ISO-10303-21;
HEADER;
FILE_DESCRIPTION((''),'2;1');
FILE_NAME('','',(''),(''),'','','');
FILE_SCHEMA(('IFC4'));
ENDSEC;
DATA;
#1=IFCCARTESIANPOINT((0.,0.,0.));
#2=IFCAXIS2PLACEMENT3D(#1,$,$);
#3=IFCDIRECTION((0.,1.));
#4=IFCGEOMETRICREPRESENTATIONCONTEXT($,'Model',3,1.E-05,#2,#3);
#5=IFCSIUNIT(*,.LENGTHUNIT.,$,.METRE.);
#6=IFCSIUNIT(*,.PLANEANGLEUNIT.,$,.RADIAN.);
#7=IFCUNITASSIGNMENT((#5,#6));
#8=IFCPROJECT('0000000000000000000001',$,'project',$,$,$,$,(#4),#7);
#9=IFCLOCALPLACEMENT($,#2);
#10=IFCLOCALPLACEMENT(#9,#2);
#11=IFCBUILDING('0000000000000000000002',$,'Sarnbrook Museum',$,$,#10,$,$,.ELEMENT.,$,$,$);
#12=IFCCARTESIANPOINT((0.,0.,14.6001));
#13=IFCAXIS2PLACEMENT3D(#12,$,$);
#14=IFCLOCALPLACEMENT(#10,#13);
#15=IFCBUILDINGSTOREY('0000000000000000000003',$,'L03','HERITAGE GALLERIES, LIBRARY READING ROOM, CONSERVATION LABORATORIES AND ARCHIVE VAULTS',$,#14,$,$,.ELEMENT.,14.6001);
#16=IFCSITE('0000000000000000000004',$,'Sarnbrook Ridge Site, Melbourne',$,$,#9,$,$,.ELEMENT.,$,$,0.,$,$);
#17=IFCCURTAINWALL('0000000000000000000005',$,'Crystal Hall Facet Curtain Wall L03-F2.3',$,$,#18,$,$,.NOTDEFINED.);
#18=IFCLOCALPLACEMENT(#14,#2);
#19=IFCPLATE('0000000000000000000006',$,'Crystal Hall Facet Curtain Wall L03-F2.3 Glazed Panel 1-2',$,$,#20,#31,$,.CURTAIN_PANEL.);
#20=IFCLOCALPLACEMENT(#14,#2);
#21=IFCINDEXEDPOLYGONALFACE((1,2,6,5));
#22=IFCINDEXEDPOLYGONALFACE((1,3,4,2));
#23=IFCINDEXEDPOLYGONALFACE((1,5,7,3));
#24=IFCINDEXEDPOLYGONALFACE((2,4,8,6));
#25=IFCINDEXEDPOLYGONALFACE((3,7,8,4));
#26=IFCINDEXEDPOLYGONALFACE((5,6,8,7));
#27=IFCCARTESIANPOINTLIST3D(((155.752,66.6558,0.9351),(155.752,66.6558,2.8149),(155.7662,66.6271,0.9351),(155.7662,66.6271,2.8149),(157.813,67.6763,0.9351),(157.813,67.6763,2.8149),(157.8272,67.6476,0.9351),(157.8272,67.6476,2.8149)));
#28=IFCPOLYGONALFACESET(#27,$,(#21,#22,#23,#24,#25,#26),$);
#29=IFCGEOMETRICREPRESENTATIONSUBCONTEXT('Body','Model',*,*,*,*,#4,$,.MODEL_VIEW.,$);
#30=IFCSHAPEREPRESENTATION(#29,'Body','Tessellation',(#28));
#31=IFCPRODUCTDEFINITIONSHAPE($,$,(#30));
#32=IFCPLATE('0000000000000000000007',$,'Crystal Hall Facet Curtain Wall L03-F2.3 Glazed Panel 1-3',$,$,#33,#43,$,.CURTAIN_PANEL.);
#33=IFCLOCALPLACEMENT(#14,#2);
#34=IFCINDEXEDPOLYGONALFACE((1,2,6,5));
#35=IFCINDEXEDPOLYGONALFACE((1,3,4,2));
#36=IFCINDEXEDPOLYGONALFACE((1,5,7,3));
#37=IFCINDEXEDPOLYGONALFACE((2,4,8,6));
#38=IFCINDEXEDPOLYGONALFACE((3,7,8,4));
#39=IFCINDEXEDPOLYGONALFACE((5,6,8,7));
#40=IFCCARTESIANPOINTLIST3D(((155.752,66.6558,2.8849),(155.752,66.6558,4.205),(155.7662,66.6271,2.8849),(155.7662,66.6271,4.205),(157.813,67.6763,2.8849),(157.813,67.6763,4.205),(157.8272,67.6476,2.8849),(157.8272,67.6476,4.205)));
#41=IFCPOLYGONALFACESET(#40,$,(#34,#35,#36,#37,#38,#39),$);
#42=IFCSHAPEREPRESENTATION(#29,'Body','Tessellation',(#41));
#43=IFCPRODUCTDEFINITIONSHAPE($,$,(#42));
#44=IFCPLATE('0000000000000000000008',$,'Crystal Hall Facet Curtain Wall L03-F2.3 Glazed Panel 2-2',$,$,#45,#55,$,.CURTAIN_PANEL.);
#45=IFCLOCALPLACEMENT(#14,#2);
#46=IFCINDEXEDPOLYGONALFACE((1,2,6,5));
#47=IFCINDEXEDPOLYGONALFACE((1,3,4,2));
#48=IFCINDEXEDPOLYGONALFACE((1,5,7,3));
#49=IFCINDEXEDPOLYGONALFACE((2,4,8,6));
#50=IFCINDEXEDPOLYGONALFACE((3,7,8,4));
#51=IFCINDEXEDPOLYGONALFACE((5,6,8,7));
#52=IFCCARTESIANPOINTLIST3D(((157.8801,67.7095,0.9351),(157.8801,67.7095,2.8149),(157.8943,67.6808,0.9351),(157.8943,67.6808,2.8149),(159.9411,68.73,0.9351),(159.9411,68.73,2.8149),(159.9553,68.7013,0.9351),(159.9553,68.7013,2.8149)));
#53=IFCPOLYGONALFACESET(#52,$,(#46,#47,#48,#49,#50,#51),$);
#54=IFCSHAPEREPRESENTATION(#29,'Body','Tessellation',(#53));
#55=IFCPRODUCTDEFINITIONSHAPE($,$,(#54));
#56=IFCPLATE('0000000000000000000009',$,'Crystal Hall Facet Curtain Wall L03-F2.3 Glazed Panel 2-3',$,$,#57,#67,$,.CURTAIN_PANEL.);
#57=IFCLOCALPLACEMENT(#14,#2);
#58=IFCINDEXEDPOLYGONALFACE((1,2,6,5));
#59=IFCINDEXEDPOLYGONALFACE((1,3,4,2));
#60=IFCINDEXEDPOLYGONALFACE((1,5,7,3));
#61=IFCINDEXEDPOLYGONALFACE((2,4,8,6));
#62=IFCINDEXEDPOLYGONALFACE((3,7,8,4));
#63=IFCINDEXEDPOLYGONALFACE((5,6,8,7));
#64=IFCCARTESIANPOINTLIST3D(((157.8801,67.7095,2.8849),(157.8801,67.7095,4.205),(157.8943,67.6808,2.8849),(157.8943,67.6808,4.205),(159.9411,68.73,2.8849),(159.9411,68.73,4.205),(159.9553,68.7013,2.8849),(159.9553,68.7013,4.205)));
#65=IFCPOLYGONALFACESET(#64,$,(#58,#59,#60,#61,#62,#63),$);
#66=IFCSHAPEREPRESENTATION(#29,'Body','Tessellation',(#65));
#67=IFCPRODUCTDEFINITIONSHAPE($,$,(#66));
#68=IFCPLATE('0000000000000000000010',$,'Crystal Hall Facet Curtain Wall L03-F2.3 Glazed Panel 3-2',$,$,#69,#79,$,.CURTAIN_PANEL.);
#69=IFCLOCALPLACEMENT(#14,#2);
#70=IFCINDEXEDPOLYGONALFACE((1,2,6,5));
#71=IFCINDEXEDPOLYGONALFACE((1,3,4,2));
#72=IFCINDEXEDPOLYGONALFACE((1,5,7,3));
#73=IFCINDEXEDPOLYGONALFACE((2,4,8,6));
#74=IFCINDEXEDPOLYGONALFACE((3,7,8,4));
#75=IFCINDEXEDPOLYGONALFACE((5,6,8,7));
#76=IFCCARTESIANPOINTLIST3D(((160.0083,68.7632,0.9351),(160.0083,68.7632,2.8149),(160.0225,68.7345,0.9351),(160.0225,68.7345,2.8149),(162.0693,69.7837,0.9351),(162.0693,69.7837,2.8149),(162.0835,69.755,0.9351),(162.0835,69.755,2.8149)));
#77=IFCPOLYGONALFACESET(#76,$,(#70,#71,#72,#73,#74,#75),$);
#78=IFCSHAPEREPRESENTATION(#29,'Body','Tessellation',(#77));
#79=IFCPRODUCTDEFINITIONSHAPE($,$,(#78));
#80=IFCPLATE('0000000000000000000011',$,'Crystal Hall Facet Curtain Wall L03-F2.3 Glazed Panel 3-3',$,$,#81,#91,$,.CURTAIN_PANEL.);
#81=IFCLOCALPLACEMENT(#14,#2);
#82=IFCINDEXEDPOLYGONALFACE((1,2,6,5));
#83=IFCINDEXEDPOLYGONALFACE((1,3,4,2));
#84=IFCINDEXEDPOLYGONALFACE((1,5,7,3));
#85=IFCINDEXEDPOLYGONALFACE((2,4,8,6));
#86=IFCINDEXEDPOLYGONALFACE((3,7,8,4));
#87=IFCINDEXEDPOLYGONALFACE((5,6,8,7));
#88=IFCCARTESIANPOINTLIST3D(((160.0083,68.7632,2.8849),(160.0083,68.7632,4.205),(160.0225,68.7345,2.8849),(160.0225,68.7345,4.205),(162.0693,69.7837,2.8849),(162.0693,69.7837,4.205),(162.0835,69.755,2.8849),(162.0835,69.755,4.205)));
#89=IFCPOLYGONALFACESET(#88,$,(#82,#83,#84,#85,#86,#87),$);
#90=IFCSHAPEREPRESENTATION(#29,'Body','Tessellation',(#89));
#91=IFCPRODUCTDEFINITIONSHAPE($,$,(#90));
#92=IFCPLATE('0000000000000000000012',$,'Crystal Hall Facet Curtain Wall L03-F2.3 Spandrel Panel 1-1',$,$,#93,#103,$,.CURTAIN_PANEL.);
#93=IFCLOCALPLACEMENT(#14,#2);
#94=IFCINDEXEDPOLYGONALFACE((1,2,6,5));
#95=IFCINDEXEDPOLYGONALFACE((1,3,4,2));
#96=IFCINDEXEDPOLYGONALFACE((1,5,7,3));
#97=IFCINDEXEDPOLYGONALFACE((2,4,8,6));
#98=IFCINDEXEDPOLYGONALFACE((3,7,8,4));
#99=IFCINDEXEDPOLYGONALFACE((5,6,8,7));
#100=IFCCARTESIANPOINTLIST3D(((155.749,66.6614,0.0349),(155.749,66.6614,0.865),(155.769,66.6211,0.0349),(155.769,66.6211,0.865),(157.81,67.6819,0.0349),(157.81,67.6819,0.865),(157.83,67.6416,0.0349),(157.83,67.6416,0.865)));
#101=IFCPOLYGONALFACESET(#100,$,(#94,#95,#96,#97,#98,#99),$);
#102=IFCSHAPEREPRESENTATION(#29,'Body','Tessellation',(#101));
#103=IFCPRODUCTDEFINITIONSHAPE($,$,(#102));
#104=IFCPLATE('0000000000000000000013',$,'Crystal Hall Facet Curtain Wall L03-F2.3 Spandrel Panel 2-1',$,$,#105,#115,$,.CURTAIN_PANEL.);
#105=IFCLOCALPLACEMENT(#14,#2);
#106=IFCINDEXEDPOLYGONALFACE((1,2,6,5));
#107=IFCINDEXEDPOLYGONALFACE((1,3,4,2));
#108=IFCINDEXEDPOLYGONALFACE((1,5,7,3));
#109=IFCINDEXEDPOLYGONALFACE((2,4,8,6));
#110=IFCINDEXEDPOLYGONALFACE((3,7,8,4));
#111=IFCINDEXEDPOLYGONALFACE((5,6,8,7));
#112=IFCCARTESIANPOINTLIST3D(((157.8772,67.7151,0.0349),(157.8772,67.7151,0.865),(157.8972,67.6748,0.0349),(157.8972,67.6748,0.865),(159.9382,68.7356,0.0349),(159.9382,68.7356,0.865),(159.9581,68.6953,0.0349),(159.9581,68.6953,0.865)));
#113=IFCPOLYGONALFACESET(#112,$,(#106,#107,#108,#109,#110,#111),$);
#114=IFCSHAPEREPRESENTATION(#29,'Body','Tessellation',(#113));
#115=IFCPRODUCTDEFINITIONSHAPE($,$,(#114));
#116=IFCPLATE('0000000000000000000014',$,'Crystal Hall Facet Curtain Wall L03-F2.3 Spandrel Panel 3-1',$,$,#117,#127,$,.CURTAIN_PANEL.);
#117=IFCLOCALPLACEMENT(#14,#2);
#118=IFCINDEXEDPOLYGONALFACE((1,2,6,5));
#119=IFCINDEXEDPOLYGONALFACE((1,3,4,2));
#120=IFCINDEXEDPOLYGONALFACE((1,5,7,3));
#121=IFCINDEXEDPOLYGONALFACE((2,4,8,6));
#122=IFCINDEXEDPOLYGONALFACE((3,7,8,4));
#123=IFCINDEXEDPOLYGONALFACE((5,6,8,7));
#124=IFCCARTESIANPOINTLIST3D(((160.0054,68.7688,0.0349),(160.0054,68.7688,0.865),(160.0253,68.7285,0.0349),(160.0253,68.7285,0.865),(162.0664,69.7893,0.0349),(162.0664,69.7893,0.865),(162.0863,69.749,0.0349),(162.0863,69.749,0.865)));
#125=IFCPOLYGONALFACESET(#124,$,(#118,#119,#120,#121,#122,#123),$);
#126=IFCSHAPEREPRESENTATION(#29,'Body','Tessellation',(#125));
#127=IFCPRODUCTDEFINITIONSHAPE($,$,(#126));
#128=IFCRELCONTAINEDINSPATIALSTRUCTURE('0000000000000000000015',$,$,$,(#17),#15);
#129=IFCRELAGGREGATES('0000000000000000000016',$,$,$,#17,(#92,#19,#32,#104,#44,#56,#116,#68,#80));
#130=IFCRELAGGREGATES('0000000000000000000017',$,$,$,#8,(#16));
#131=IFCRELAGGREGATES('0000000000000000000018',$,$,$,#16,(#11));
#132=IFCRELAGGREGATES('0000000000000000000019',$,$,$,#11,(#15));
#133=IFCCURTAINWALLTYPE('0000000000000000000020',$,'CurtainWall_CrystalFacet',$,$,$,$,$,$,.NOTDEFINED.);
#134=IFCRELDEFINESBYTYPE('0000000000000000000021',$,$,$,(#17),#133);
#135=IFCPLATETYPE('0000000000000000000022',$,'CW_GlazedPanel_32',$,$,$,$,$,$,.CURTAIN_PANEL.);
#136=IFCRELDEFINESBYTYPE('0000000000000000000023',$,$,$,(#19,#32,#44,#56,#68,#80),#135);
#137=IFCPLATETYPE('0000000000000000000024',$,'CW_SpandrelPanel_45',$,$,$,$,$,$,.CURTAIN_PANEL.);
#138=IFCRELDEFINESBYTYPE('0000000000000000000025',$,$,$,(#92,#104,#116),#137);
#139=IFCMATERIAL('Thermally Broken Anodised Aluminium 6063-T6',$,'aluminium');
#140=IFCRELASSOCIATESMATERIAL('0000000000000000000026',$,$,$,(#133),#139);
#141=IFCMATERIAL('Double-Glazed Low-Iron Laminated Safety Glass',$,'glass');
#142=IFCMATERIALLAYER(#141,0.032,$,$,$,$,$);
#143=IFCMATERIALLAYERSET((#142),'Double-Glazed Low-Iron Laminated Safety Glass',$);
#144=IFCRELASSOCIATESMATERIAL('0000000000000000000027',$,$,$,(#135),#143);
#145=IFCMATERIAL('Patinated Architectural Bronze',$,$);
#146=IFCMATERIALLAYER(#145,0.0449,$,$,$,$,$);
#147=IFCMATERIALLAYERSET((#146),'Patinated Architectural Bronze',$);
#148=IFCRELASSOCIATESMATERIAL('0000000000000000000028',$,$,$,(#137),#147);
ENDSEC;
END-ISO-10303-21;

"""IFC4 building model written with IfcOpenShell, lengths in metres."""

from ifc_helpers import new_model, si_unit, direction, frame, origin, origin_2d, place, context, subcontext, project, spatial, rectangle, extrude, material, layer, layer_set, type_object, element, aggregate, save


model = new_model("IFC4")

# Units and contexts
model_context = context("Model", 3, precision=1e-05, world=origin(), true_north=direction((0.0, 1.0)))
body_context = subcontext(model_context, "Body", "Model", "MODEL_VIEW")
ifc_project = project(units=[si_unit("LENGTHUNIT", "METRE"), si_unit("PLANEANGLEUNIT", "RADIAN")], contexts=[model_context])

# Site, building, storey
site_placement = place(None, origin())
site = spatial("IfcSite", under=ifc_project, at=site_placement, Name="Sarnbrook Ridge Site, Melbourne", CompositionType="ELEMENT", RefElevation=0.0)
building_placement = place(site_placement, origin())
building = spatial("IfcBuilding", under=site, at=building_placement, Name="Sarnbrook Museum", CompositionType="ELEMENT")
storey_placement = place(building_placement, frame((0.0, 0.0, 14.6001)))
storey = spatial("IfcBuildingStorey", under=building, at=storey_placement, Name="L03", Description="HERITAGE GALLERIES, LIBRARY READING ROOM, CONSERVATION LABORATORIES AND ARCHIVE VAULTS", CompositionType="ELEMENT", Elevation=14.6001)

# Shared definitions
ifc_material_1 = material(Name="Thermally Broken Anodised Aluminium 6063-T6", Category="aluminium")
curtain_wall_type = type_object("IfcCurtainWallType", Name="CurtainWall_CrystalFacet", PredefinedType="NOTDEFINED", material=ifc_material_1)

# Curtain wall
curtain_wall_1_placement = place(storey_placement, origin())
curtain_wall_1 = element("IfcCurtainWall", 1, at=curtain_wall_1_placement, inside=storey, type_object=curtain_wall_type, Name="Crystal Hall Facet Curtain Wall L03-F2.3", PredefinedType="NOTDEFINED")

# Plates
ifc_material_2 = material(Name="Double-Glazed Low-Iron Laminated Safety Glass", Category="glass")
ifc_layer_1 = layer(ifc_material_2, 0.032)
ifc_layer_set_1 = layer_set([ifc_layer_1], Name="Double-Glazed Low-Iron Laminated Safety Glass")
plate_type_1 = type_object("IfcPlateType", Name="CW_GlazedPanel_32", PredefinedType="CURTAIN_PANEL", material=ifc_layer_set_1)
plate_1_placement = place(storey_placement, frame((156.7825, 67.166, 1.875), z_axis=(0.443731, -0.89616, 0.0), x_axis=(0.89616, 0.443731, 0.0)))
plate_1 = element("IfcPlate", 2, at=plate_1_placement, type_object=plate_type_1, Name="Crystal Hall Facet Curtain Wall L03-F2.3 Glazed Panel 1-2", PredefinedType="CURTAIN_PANEL", context=body_context, shape_type="SweptSolid", body=[
    extrude(rectangle(XDim=2.2998, YDim=1.8799, at=origin_2d()), origin(), (0.0, 0.0, 1.0), 0.032),
])
plate_2_placement = place(storey_placement, frame((156.7825, 67.166, 3.5449), z_axis=(0.443731, -0.89616, 0.0), x_axis=(0.89616, 0.443731, 0.0)))
plate_2 = element("IfcPlate", 3, at=plate_2_placement, type_object=plate_type_1, Name="Crystal Hall Facet Curtain Wall L03-F2.3 Glazed Panel 1-3", PredefinedType="CURTAIN_PANEL", context=body_context, shape_type="SweptSolid", body=[
    extrude(rectangle(XDim=2.2998, YDim=1.3201, at=origin_2d()), origin(), (0.0, 0.0, 1.0), 0.032),
])
plate_3_placement = place(storey_placement, frame((158.9106, 68.2197, 1.875), z_axis=(0.443731, -0.89616, 0.0), x_axis=(0.89616, 0.443731, 0.0)))
plate_3 = element("IfcPlate", 4, at=plate_3_placement, type_object=plate_type_1, Name="Crystal Hall Facet Curtain Wall L03-F2.3 Glazed Panel 2-2", PredefinedType="CURTAIN_PANEL", context=body_context, shape_type="SweptSolid", body=[
    extrude(rectangle(XDim=2.2998, YDim=1.8799, at=origin_2d()), origin(), (0.0, 0.0, 1.0), 0.032),
])
plate_4_placement = place(storey_placement, frame((158.9106, 68.2197, 3.5449), z_axis=(0.443731, -0.89616, 0.0), x_axis=(0.89616, 0.443731, 0.0)))
plate_4 = element("IfcPlate", 5, at=plate_4_placement, type_object=plate_type_1, Name="Crystal Hall Facet Curtain Wall L03-F2.3 Glazed Panel 2-3", PredefinedType="CURTAIN_PANEL", context=body_context, shape_type="SweptSolid", body=[
    extrude(rectangle(XDim=2.2998, YDim=1.3201, at=origin_2d()), origin(), (0.0, 0.0, 1.0), 0.032),
])
plate_5_placement = place(storey_placement, frame((161.0388, 69.2734, 1.875), z_axis=(0.443731, -0.89616, 0.0), x_axis=(0.89616, 0.443731, 0.0)))
plate_5 = element("IfcPlate", 6, at=plate_5_placement, type_object=plate_type_1, Name="Crystal Hall Facet Curtain Wall L03-F2.3 Glazed Panel 3-2", PredefinedType="CURTAIN_PANEL", context=body_context, shape_type="SweptSolid", body=[
    extrude(rectangle(XDim=2.2998, YDim=1.8799, at=origin_2d()), origin(), (0.0, 0.0, 1.0), 0.032),
])
plate_6_placement = place(storey_placement, frame((161.0388, 69.2734, 3.5449), z_axis=(0.443731, -0.89616, 0.0), x_axis=(0.89616, 0.443731, 0.0)))
plate_6 = element("IfcPlate", 7, at=plate_6_placement, type_object=plate_type_1, Name="Crystal Hall Facet Curtain Wall L03-F2.3 Glazed Panel 3-3", PredefinedType="CURTAIN_PANEL", context=body_context, shape_type="SweptSolid", body=[
    extrude(rectangle(XDim=2.2998, YDim=1.3201, at=origin_2d()), origin(), (0.0, 0.0, 1.0), 0.032),
])
ifc_material_3 = material(Name="Patinated Architectural Bronze")
ifc_layer_2 = layer(ifc_material_3, 0.0449)
ifc_layer_set_2 = layer_set([ifc_layer_2], Name="Patinated Architectural Bronze")
plate_type_2 = type_object("IfcPlateType", Name="CW_SpandrelPanel_45", PredefinedType="CURTAIN_PANEL", material=ifc_layer_set_2)
plate_7_placement = place(storey_placement, frame((156.7795, 67.1716, 0.45), z_axis=(0.443731, -0.89616, 0.0), x_axis=(0.89616, 0.443731, 0.0)))
plate_7 = element("IfcPlate", 8, at=plate_7_placement, type_object=plate_type_2, Name="Crystal Hall Facet Curtain Wall L03-F2.3 Spandrel Panel 1-1", PredefinedType="CURTAIN_PANEL", context=body_context, shape_type="SweptSolid", body=[
    extrude(rectangle(XDim=2.2998, YDim=0.8301, at=origin_2d()), origin(), (0.0, 0.0, 1.0), 0.0449),
])
plate_8_placement = place(storey_placement, frame((158.9077, 68.2253, 0.45), z_axis=(0.443731, -0.89616, 0.0), x_axis=(0.89616, 0.443731, 0.0)))
plate_8 = element("IfcPlate", 9, at=plate_8_placement, type_object=plate_type_2, Name="Crystal Hall Facet Curtain Wall L03-F2.3 Spandrel Panel 2-1", PredefinedType="CURTAIN_PANEL", context=body_context, shape_type="SweptSolid", body=[
    extrude(rectangle(XDim=2.2998, YDim=0.8301, at=origin_2d()), origin(), (0.0, 0.0, 1.0), 0.0449),
])
plate_9_placement = place(storey_placement, frame((161.0359, 69.2791, 0.45), z_axis=(0.443731, -0.89616, 0.0), x_axis=(0.89616, 0.443731, 0.0)))
plate_9 = element("IfcPlate", 10, at=plate_9_placement, type_object=plate_type_2, Name="Crystal Hall Facet Curtain Wall L03-F2.3 Spandrel Panel 3-1", PredefinedType="CURTAIN_PANEL", context=body_context, shape_type="SweptSolid", body=[
    extrude(rectangle(XDim=2.2998, YDim=0.8301, at=origin_2d()), origin(), (0.0, 0.0, 1.0), 0.0449),
])
aggregate(curtain_wall_1, [plate_7, plate_1, plate_2, plate_8, plate_3, plate_4, plate_9, plate_5, plate_6])

save(model, "model.ifc")
